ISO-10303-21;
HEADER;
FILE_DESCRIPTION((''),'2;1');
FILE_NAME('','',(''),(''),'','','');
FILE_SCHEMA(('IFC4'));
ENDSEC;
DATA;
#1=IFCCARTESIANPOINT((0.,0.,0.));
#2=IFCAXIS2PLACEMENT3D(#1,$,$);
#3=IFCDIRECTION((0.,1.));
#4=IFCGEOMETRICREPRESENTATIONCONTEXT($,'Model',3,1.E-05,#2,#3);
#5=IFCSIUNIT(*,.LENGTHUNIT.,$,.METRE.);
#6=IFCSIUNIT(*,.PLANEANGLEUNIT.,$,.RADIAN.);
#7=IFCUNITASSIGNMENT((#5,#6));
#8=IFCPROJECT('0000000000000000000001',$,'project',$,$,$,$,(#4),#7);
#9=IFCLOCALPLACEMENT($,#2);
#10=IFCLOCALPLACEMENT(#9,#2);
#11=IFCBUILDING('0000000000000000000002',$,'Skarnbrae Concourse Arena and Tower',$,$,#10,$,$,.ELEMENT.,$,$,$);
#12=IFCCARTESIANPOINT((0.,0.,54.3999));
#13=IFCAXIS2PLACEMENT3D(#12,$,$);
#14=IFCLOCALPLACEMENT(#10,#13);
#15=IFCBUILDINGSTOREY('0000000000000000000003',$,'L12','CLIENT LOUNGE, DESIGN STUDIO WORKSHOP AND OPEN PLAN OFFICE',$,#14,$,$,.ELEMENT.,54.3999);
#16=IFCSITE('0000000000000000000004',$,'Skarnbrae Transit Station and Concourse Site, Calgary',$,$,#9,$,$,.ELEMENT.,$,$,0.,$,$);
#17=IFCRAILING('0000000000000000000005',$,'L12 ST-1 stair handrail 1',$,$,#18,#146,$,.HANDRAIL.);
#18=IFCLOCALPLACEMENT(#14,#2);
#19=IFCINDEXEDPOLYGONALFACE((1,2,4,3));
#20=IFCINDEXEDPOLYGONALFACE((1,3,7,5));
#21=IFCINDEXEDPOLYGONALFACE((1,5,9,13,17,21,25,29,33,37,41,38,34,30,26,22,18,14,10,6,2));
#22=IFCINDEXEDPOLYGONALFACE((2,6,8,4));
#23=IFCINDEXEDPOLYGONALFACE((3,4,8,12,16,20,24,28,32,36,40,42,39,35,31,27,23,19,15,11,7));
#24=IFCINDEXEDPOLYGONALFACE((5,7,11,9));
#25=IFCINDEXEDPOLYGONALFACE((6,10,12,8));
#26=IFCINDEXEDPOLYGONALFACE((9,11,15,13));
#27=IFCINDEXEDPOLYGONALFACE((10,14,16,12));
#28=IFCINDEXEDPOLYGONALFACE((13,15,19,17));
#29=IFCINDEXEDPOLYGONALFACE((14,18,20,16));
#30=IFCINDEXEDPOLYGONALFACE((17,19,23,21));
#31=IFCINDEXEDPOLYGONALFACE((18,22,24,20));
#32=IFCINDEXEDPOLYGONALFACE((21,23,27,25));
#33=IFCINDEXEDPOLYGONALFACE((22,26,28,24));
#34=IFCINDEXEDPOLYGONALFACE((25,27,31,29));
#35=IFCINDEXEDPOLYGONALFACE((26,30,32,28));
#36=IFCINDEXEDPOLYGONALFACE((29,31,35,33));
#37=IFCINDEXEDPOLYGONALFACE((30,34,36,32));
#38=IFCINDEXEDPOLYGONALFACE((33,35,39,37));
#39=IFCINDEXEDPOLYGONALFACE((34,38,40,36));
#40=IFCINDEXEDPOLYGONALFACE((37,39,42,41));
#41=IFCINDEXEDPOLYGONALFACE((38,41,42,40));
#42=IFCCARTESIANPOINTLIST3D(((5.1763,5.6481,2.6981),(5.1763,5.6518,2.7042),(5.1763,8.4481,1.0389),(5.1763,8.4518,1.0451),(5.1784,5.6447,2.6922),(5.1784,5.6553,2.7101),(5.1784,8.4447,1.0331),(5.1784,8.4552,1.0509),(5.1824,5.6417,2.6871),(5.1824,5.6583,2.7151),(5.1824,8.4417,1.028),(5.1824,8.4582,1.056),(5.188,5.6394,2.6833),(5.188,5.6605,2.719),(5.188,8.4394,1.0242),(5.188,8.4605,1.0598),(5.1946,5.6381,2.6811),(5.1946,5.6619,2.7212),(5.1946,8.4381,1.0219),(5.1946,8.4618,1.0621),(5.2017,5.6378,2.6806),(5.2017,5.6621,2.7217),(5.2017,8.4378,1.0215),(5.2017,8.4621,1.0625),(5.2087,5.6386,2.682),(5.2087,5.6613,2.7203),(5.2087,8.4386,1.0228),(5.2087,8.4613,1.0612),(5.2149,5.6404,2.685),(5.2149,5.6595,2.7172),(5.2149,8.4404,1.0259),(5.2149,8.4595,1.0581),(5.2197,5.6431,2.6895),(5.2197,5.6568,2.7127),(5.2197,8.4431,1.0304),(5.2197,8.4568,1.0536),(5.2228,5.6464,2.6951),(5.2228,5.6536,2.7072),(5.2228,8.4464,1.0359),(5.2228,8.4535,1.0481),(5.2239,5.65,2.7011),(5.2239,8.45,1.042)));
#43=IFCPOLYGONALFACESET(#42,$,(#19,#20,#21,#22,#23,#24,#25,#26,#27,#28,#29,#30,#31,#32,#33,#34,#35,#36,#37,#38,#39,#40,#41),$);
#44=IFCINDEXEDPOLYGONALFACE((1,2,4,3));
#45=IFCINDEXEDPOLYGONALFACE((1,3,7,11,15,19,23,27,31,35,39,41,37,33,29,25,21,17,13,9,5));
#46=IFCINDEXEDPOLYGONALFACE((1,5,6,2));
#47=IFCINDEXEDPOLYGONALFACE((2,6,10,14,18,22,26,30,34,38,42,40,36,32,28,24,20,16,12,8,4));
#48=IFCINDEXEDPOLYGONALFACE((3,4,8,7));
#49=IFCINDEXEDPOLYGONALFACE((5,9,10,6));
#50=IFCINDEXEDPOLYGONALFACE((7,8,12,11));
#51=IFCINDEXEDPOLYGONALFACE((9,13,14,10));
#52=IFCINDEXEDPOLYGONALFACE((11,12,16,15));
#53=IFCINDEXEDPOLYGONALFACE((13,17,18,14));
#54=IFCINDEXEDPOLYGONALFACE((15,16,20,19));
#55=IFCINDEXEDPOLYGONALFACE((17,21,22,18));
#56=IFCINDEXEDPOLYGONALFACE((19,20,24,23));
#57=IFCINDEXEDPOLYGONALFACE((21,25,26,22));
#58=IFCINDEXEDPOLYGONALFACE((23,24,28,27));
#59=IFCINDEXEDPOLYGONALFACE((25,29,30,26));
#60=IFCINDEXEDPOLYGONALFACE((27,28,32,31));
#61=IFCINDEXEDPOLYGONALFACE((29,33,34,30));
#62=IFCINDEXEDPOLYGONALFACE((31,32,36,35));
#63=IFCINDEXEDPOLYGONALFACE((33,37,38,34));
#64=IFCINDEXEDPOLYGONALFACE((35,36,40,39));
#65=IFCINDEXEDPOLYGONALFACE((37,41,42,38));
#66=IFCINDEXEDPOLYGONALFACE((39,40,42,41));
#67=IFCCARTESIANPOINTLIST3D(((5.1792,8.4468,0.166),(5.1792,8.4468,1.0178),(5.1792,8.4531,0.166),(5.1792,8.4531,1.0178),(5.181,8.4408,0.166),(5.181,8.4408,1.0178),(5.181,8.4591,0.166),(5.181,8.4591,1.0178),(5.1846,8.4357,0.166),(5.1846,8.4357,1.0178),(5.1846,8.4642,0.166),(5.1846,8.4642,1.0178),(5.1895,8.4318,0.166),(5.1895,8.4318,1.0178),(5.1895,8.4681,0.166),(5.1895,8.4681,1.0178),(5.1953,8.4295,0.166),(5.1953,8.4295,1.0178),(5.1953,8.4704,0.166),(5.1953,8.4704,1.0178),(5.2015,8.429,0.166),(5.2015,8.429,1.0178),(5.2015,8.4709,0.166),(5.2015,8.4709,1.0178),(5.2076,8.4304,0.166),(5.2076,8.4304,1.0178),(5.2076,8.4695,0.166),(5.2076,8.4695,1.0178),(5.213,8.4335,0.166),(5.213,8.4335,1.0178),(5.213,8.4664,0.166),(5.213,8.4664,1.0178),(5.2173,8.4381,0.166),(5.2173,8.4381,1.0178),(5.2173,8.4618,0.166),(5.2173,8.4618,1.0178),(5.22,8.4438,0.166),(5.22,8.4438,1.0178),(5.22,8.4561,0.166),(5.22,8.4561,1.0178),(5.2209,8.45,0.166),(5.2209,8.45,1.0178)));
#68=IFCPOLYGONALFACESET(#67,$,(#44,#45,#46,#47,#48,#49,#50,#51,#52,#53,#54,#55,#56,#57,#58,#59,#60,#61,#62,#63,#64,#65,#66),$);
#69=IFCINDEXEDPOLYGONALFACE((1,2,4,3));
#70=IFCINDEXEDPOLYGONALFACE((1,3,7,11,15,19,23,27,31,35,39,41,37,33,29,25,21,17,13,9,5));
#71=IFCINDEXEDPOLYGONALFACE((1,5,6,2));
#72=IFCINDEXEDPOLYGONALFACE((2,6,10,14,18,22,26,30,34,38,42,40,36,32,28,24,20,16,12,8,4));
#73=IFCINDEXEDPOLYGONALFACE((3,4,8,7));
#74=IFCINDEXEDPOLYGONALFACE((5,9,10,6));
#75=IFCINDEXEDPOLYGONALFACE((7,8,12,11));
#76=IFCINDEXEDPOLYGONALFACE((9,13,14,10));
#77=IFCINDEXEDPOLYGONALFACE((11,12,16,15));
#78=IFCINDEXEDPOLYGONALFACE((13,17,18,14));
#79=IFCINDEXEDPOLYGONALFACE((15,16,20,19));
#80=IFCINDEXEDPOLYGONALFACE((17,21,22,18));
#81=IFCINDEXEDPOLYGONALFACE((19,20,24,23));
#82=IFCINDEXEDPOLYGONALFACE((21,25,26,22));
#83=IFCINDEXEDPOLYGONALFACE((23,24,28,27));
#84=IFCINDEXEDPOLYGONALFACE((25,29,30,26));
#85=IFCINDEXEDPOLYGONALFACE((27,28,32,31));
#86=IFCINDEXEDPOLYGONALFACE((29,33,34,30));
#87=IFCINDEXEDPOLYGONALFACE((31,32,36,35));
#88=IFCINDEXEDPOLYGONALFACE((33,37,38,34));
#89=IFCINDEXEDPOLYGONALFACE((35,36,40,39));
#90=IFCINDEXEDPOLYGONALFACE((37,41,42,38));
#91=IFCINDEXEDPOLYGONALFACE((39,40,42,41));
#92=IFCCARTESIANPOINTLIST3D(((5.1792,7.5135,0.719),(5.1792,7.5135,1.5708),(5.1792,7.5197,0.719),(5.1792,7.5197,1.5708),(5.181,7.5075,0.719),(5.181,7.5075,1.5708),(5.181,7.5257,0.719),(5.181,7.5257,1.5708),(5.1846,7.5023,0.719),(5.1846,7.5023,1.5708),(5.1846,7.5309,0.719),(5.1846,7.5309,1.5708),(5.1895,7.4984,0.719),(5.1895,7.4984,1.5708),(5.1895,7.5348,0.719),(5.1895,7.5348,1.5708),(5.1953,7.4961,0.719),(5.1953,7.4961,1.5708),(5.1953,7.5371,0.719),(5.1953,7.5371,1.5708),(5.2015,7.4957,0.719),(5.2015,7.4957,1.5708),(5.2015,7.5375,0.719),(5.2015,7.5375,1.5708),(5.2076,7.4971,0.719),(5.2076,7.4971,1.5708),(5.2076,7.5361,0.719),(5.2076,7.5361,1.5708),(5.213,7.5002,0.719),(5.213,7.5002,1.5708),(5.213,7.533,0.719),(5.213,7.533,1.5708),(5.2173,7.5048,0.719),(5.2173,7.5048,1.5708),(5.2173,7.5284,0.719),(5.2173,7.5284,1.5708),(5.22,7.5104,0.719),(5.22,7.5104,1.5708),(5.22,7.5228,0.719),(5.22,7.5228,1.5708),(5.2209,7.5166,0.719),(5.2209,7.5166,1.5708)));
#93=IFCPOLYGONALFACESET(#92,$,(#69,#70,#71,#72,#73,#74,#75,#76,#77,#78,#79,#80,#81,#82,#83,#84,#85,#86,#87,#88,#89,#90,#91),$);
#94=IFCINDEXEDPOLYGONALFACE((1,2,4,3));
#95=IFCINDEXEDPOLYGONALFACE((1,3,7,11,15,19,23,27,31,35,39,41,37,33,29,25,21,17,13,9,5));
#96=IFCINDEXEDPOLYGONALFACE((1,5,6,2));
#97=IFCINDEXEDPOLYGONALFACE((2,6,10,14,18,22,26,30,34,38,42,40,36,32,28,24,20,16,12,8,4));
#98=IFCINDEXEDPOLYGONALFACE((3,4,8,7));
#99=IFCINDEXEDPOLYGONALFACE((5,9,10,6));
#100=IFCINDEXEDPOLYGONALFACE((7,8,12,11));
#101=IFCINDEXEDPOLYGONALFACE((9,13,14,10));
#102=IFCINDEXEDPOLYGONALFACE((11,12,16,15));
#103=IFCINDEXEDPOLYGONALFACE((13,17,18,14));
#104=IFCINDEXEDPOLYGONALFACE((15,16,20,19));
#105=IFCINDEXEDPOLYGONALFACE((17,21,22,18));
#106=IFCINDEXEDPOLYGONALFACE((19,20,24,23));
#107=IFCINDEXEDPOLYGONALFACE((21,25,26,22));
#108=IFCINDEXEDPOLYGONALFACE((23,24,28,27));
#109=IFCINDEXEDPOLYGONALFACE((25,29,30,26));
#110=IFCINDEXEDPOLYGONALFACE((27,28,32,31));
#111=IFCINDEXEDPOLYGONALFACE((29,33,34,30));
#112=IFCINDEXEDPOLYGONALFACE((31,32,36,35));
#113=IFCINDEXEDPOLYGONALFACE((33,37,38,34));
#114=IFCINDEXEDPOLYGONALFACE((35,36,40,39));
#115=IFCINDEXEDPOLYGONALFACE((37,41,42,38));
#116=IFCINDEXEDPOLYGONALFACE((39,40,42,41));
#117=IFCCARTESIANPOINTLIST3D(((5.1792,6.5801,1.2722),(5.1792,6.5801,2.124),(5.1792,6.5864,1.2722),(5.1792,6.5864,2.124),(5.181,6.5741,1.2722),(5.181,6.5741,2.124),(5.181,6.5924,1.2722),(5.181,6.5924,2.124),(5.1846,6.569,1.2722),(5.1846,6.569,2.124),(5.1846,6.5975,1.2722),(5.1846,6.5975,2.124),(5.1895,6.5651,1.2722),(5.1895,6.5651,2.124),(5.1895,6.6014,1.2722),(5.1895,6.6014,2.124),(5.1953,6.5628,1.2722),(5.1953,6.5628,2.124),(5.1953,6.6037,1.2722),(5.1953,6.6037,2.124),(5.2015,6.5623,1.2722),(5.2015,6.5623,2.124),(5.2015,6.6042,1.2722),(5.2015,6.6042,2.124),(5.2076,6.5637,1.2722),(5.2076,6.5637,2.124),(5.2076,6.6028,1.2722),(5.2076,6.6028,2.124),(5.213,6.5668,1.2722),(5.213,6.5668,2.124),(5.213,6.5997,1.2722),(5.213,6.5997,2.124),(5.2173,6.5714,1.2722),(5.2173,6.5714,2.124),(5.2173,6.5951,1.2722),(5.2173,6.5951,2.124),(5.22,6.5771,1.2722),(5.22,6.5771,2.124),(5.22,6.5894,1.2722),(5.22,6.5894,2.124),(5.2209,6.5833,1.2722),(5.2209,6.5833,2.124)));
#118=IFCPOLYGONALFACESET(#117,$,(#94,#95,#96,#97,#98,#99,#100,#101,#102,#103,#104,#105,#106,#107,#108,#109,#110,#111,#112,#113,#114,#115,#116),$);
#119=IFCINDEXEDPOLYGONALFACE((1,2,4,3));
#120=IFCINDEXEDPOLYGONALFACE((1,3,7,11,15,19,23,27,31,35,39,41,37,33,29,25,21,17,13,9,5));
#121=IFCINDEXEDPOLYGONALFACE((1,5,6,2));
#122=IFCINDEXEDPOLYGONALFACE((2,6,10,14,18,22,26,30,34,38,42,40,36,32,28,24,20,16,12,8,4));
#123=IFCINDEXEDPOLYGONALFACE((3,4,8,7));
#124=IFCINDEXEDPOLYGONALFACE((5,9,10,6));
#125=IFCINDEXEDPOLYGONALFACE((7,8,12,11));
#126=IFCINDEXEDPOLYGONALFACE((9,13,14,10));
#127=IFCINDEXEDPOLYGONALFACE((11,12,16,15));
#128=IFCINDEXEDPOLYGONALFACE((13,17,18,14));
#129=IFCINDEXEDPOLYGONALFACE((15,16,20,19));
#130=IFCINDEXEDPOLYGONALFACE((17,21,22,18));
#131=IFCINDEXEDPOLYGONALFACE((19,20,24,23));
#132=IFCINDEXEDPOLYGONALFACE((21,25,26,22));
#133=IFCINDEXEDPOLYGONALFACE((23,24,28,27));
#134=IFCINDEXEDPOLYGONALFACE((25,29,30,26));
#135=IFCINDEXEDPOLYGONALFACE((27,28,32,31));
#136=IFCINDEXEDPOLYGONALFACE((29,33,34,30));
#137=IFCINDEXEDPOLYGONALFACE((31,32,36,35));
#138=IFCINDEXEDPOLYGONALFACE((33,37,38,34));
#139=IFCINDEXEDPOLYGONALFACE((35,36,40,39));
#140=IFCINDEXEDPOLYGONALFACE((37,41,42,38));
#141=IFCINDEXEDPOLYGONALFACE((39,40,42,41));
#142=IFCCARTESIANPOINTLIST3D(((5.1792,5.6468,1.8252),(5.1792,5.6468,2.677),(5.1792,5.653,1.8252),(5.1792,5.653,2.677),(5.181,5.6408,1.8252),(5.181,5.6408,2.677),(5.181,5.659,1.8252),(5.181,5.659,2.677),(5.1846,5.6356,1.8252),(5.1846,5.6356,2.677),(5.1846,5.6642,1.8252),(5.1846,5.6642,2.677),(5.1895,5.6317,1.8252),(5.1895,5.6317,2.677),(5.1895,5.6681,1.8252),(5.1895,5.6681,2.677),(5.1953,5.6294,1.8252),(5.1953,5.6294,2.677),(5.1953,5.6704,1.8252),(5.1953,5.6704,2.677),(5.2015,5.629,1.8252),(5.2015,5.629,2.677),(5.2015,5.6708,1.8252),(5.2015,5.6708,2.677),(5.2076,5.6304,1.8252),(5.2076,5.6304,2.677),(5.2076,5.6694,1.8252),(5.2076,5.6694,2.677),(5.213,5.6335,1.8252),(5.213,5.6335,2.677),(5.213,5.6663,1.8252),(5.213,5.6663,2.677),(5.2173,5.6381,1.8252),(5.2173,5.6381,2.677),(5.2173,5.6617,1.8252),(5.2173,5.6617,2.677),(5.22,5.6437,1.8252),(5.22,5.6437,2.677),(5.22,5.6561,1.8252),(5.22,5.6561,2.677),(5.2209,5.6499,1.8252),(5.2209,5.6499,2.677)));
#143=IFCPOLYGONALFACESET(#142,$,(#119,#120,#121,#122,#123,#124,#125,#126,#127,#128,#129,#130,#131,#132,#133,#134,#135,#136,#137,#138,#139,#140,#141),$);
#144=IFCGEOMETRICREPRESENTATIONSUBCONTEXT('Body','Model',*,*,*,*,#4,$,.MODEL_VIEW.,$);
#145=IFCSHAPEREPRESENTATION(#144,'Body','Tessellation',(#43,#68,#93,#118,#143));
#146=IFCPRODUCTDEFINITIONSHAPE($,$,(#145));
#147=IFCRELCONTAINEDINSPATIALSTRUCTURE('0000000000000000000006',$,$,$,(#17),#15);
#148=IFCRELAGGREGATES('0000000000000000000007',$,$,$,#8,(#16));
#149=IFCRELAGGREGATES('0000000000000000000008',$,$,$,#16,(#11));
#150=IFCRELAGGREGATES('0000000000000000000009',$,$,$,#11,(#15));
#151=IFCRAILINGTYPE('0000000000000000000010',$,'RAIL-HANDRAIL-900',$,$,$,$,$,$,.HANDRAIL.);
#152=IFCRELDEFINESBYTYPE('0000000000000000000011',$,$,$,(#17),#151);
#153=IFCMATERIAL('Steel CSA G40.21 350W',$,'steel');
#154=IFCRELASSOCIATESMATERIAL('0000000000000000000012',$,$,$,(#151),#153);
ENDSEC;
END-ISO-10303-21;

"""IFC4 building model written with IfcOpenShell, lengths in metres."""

from ifc_helpers import new_model, si_unit, direction, frame, origin, origin_2d, place, context, subcontext, project, spatial, circle, extrude, material, type_object, element, save


model = new_model("IFC4")

# Units and contexts
model_context = context("Model", 3, precision=1e-05, world=origin(), true_north=direction((0.0, 1.0)))
body_context = subcontext(model_context, "Body", "Model", "MODEL_VIEW")
ifc_project = project(units=[si_unit("LENGTHUNIT", "METRE"), si_unit("PLANEANGLEUNIT", "RADIAN")], contexts=[model_context])

# Site, building, storey
site_placement = place(None, origin())
site = spatial("IfcSite", under=ifc_project, at=site_placement, Name="Skarnbrae Transit Station and Concourse Site, Calgary", CompositionType="ELEMENT", RefElevation=0.0)
building_placement = place(site_placement, origin())
building = spatial("IfcBuilding", under=site, at=building_placement, Name="Skarnbrae Concourse Arena and Tower", CompositionType="ELEMENT")
storey_placement = place(building_placement, frame((0.0, 0.0, 54.3999)))
storey = spatial("IfcBuildingStorey", under=building, at=storey_placement, Name="L12", Description="CLIENT LOUNGE, DESIGN STUDIO WORKSHOP AND OPEN PLAN OFFICE", CompositionType="ELEMENT", Elevation=54.3999)

# Shared definitions
ifc_material_1 = material(Name="Steel CSA G40.21 350W", Category="steel")

# Railing
railing_type_1 = type_object("IfcRailingType", Name="RAIL-HANDRAIL-900", PredefinedType="HANDRAIL", material=ifc_material_1)
railing_1_placement = place(storey_placement, frame((5.2, 8.45, 0.166)))
element("IfcRailing", 1, at=railing_1_placement, inside=storey, type_object=railing_type_1, Name="L12 ST-1 stair handrail 1", PredefinedType="HANDRAIL", context=body_context, shape_type="SweptSolid", body=[
    extrude(circle(Radius=0.0239, at=origin_2d()), frame((0.0, 0.0, 0.876), z_axis=(0.0, -0.860306, 0.509778), x_axis=(1.0, 0.0, 0.0)), (0.0, 0.0, 1.0), 3.2546),
    extrude(circle(Radius=0.021, at=origin_2d()), origin(), (0.0, 0.0, 1.0), 0.8518),
    extrude(circle(Radius=0.021, at=origin_2d()), frame((0.0, -0.9333, 0.553)), (0.0, 0.0, 1.0), 0.8518),
    extrude(circle(Radius=0.021, at=origin_2d()), frame((0.0, -1.8667, 1.1062)), (0.0, 0.0, 1.0), 0.8518),
    extrude(circle(Radius=0.021, at=origin_2d()), frame((0.0, -2.8, 1.6592)), (0.0, 0.0, 1.0), 0.8518),
])

save(model, "model.ifc")
